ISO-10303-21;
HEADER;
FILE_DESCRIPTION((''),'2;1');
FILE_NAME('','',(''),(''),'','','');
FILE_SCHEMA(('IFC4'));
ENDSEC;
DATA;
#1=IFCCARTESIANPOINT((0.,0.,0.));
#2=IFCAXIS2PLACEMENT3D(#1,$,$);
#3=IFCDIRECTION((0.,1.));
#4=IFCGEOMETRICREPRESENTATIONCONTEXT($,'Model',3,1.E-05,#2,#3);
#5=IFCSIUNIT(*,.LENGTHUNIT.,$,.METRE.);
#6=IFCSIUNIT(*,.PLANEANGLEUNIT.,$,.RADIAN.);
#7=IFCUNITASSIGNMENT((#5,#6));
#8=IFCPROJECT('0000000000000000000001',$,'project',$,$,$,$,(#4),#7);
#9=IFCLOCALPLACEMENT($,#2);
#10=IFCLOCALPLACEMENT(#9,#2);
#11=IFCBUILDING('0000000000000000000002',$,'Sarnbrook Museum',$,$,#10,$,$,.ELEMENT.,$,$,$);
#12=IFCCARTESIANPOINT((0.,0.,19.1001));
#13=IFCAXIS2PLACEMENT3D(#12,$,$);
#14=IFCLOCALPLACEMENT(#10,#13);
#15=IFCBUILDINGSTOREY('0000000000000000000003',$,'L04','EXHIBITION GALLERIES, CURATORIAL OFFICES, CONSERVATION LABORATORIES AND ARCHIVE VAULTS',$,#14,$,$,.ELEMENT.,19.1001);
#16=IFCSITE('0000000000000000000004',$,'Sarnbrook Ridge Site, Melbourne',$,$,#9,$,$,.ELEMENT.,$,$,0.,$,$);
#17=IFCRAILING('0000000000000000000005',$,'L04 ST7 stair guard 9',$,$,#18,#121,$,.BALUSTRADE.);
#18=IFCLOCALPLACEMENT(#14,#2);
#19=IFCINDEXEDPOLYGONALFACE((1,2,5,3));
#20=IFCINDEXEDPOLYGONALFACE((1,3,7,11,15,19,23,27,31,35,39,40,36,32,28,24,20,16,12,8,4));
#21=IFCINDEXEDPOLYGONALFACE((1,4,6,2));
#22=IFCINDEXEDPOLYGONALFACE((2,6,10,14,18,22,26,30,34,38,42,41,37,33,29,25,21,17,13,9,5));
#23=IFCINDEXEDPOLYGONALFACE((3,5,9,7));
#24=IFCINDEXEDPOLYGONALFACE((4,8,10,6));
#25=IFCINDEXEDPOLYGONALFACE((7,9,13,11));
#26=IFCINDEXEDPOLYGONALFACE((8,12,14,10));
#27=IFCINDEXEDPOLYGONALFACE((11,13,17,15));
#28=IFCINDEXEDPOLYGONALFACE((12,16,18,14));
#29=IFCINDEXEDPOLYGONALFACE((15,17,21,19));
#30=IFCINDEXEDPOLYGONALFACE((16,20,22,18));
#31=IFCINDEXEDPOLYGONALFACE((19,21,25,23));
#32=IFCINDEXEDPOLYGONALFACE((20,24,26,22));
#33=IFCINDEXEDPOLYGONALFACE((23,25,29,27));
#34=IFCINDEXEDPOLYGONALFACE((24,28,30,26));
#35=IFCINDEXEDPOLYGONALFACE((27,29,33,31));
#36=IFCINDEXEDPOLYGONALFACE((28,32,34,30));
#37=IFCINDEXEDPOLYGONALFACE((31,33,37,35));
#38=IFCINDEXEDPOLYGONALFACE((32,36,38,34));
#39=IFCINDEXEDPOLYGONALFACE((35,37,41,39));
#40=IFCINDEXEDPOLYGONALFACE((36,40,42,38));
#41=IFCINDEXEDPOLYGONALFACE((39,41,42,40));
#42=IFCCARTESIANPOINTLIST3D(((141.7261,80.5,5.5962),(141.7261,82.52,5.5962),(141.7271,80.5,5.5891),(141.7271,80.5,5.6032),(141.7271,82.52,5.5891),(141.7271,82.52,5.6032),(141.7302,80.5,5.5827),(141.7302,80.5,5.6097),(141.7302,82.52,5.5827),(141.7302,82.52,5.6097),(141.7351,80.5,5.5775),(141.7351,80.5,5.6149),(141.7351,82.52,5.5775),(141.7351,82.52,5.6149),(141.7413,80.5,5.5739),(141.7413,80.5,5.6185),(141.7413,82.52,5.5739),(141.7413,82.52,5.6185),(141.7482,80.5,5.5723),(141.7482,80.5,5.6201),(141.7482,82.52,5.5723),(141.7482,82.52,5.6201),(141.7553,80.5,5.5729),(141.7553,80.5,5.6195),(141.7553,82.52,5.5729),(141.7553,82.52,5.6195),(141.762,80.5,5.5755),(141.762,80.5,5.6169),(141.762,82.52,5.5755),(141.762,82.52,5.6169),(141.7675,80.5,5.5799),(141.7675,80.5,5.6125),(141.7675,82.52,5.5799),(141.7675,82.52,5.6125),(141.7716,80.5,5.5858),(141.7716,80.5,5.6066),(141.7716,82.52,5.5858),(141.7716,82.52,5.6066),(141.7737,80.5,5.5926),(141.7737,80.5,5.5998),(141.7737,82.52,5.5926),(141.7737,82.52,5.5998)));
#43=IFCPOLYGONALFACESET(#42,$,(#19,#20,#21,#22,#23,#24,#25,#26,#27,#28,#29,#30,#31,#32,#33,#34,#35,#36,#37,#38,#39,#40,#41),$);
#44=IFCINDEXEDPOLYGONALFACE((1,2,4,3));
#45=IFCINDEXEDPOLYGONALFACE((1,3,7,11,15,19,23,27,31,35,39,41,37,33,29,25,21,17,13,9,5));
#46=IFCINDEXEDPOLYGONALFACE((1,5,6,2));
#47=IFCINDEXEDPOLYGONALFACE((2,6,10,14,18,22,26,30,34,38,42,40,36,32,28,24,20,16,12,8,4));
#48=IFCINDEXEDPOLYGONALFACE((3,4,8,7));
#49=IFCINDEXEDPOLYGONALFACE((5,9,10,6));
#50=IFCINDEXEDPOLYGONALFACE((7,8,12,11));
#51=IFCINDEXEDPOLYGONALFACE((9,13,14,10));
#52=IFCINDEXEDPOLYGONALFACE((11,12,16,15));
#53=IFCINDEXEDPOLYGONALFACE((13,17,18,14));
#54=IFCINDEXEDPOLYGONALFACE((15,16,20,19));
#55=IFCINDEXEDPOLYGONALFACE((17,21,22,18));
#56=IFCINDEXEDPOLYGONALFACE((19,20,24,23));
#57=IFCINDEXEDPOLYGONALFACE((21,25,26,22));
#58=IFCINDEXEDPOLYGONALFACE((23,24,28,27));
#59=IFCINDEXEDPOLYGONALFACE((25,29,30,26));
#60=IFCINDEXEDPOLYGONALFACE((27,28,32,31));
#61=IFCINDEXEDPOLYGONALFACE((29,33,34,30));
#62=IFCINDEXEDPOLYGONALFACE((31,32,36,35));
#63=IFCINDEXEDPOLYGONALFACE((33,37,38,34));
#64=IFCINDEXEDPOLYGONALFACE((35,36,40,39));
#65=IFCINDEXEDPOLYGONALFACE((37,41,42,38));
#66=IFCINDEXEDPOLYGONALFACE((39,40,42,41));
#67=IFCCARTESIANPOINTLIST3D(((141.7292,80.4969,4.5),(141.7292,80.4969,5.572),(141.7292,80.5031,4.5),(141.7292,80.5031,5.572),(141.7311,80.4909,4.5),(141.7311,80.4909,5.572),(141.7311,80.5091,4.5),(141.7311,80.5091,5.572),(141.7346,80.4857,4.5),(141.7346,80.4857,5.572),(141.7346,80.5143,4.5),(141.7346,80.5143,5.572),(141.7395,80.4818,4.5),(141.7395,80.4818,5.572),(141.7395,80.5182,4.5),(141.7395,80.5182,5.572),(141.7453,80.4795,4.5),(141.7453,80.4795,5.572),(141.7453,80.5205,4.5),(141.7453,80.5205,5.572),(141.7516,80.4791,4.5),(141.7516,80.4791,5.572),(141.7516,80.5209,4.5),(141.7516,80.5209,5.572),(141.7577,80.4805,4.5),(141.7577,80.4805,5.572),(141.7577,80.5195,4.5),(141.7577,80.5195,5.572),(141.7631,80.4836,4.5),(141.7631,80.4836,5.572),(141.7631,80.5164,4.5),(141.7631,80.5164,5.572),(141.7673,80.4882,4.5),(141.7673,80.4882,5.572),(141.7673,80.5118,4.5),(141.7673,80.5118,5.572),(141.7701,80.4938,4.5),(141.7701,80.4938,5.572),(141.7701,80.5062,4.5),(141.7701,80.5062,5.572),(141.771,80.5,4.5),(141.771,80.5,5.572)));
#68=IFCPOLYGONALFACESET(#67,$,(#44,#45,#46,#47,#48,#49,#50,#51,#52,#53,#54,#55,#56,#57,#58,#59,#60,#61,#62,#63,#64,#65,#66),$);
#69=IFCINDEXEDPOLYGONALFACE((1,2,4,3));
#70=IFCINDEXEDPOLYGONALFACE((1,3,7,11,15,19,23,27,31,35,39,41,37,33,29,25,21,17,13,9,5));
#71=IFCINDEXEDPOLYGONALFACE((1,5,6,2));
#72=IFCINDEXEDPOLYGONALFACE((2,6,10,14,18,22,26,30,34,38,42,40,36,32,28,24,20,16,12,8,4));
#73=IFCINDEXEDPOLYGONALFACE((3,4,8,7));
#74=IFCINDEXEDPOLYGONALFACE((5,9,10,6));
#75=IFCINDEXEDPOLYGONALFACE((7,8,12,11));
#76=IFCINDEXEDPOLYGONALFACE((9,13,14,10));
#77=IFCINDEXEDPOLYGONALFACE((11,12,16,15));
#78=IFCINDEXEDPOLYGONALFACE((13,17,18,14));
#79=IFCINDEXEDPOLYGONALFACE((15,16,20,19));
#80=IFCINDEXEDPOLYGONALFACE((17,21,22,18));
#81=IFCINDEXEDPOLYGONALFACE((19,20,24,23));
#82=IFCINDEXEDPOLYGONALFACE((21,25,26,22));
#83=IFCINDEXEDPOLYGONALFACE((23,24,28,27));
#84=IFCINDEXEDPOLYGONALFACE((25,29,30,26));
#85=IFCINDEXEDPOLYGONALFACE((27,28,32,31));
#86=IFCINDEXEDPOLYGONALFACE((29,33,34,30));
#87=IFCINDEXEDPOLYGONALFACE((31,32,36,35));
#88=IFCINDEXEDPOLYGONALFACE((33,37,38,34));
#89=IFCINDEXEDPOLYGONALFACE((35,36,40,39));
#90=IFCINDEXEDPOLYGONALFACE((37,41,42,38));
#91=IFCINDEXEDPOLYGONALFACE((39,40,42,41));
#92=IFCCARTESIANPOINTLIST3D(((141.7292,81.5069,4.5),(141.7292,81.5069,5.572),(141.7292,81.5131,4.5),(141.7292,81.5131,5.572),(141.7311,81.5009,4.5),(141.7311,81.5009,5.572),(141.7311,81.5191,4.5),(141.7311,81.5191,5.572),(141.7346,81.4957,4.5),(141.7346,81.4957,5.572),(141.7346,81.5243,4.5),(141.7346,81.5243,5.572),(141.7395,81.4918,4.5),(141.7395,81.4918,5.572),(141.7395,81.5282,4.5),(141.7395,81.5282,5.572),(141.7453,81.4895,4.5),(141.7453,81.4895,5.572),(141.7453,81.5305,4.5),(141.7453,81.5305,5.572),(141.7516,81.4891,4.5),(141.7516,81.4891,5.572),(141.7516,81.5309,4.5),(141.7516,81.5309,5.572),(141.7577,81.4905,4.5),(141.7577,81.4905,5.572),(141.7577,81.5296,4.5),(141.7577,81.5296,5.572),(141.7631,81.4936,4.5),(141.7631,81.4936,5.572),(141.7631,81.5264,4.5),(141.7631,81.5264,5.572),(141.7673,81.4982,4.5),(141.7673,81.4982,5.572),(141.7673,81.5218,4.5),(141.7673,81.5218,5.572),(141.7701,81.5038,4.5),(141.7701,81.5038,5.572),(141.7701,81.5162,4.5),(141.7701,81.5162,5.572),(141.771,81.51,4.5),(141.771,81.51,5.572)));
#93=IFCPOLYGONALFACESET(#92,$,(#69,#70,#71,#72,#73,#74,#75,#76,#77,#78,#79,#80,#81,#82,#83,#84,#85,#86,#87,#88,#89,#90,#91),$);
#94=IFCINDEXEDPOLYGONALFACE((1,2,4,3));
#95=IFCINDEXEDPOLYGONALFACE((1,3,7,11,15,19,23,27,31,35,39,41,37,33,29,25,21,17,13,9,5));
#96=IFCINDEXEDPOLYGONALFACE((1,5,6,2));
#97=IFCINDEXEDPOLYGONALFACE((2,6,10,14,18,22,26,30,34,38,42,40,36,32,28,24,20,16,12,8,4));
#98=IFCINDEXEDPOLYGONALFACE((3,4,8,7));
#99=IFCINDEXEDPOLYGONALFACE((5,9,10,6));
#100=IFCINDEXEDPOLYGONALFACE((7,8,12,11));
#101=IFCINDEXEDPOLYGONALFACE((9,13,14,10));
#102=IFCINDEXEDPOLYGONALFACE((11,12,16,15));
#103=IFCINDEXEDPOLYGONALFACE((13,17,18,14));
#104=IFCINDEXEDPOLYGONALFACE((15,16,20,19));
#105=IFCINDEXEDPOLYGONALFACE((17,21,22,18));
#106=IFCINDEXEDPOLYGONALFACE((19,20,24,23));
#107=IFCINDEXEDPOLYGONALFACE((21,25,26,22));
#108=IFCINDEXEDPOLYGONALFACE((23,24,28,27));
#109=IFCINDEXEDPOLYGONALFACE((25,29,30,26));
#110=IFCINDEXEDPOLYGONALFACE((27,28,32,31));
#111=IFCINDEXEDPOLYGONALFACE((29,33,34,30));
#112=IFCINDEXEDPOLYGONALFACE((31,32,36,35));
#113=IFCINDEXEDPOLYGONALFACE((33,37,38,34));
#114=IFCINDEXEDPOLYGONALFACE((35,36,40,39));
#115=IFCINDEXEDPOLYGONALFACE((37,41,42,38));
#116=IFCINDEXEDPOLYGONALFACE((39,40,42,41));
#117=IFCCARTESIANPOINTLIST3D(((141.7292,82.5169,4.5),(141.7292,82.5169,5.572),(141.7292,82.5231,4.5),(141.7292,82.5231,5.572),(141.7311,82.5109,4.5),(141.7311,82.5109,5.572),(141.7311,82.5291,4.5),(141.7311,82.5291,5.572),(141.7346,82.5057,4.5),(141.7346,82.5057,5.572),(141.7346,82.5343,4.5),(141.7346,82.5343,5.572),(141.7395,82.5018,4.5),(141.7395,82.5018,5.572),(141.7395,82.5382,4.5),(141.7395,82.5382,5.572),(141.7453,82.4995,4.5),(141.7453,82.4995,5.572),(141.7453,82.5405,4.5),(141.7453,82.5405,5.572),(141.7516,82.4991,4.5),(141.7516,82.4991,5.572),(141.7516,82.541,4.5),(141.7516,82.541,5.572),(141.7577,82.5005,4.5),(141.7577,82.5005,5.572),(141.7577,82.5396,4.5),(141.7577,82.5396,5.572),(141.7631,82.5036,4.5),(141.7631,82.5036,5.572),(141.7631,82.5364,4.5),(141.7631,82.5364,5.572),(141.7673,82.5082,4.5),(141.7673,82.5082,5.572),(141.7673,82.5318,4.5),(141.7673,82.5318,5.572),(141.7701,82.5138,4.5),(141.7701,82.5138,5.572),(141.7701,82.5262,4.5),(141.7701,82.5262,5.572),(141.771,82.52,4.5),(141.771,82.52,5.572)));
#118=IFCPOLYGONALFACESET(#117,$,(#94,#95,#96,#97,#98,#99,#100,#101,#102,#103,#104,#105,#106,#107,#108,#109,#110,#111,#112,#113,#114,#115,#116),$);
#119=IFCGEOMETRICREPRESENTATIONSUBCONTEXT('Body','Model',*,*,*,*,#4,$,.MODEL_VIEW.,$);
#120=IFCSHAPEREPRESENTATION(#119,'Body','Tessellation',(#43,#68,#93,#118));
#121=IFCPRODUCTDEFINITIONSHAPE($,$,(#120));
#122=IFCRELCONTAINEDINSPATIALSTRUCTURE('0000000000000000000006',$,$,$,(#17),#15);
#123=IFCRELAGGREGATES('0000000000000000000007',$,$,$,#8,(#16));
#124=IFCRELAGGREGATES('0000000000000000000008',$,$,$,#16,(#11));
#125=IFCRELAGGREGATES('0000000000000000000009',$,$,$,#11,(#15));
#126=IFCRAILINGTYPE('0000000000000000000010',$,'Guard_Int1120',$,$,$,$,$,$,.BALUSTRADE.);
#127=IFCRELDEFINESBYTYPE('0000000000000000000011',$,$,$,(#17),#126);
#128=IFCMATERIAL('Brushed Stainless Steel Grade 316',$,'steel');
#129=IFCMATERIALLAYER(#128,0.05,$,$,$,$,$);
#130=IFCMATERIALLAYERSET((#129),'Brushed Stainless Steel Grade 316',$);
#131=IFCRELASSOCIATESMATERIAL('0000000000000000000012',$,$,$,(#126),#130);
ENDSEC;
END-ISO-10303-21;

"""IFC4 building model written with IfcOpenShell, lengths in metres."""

from ifc_helpers import new_model, si_unit, direction, frame, origin, origin_2d, place, context, subcontext, project, spatial, circle, extrude, material, layer, layer_set, type_object, element, save


model = new_model("IFC4")

# Units and contexts
model_context = context("Model", 3, precision=1e-05, world=origin(), true_north=direction((0.0, 1.0)))
body_context = subcontext(model_context, "Body", "Model", "MODEL_VIEW")
ifc_project = project(units=[si_unit("LENGTHUNIT", "METRE"), si_unit("PLANEANGLEUNIT", "RADIAN")], contexts=[model_context])

# Site, building, storey
site_placement = place(None, origin())
site = spatial("IfcSite", under=ifc_project, at=site_placement, Name="Sarnbrook Ridge Site, Melbourne", CompositionType="ELEMENT", RefElevation=0.0)
building_placement = place(site_placement, origin())
building = spatial("IfcBuilding", under=site, at=building_placement, Name="Sarnbrook Museum", CompositionType="ELEMENT")
storey_placement = place(building_placement, frame((0.0, 0.0, 19.1001)))
storey = spatial("IfcBuildingStorey", under=building, at=storey_placement, Name="L04", Description="EXHIBITION GALLERIES, CURATORIAL OFFICES, CONSERVATION LABORATORIES AND ARCHIVE VAULTS", CompositionType="ELEMENT", Elevation=19.1001)

# Railing
ifc_material_1 = material(Name="Brushed Stainless Steel Grade 316", Category="steel")
ifc_layer_1 = layer(ifc_material_1, 0.05)
ifc_layer_set_1 = layer_set([ifc_layer_1], Name="Brushed Stainless Steel Grade 316")
railing_type_1 = type_object("IfcRailingType", Name="Guard_Int1120", PredefinedType="BALUSTRADE", material=ifc_layer_set_1)
railing_1_placement = place(storey_placement, frame((141.75, 80.5, 4.5)))
element("IfcRailing", 1, at=railing_1_placement, inside=storey, type_object=railing_type_1, Name="L04 ST7 stair guard 9", PredefinedType="BALUSTRADE", context=body_context, shape_type="SweptSolid", body=[
    extrude(circle(Radius=0.0239, at=origin_2d()), frame((0.0, 0.0, 1.0962), z_axis=(0.0, 1.0, 0.0), x_axis=(-1.0, 0.0, 0.0)), (0.0, 0.0, 1.0), 2.02),
    extrude(circle(Radius=0.021, at=origin_2d()), origin(), (0.0, 0.0, 1.0), 1.072),
    extrude(circle(Radius=0.021, at=origin_2d()), frame((0.0, 1.01, 0.0)), (0.0, 0.0, 1.0), 1.072),
    extrude(circle(Radius=0.021, at=origin_2d()), frame((0.0, 2.02, 0.0)), (0.0, 0.0, 1.0), 1.072),
])

save(model, "model.ifc")
